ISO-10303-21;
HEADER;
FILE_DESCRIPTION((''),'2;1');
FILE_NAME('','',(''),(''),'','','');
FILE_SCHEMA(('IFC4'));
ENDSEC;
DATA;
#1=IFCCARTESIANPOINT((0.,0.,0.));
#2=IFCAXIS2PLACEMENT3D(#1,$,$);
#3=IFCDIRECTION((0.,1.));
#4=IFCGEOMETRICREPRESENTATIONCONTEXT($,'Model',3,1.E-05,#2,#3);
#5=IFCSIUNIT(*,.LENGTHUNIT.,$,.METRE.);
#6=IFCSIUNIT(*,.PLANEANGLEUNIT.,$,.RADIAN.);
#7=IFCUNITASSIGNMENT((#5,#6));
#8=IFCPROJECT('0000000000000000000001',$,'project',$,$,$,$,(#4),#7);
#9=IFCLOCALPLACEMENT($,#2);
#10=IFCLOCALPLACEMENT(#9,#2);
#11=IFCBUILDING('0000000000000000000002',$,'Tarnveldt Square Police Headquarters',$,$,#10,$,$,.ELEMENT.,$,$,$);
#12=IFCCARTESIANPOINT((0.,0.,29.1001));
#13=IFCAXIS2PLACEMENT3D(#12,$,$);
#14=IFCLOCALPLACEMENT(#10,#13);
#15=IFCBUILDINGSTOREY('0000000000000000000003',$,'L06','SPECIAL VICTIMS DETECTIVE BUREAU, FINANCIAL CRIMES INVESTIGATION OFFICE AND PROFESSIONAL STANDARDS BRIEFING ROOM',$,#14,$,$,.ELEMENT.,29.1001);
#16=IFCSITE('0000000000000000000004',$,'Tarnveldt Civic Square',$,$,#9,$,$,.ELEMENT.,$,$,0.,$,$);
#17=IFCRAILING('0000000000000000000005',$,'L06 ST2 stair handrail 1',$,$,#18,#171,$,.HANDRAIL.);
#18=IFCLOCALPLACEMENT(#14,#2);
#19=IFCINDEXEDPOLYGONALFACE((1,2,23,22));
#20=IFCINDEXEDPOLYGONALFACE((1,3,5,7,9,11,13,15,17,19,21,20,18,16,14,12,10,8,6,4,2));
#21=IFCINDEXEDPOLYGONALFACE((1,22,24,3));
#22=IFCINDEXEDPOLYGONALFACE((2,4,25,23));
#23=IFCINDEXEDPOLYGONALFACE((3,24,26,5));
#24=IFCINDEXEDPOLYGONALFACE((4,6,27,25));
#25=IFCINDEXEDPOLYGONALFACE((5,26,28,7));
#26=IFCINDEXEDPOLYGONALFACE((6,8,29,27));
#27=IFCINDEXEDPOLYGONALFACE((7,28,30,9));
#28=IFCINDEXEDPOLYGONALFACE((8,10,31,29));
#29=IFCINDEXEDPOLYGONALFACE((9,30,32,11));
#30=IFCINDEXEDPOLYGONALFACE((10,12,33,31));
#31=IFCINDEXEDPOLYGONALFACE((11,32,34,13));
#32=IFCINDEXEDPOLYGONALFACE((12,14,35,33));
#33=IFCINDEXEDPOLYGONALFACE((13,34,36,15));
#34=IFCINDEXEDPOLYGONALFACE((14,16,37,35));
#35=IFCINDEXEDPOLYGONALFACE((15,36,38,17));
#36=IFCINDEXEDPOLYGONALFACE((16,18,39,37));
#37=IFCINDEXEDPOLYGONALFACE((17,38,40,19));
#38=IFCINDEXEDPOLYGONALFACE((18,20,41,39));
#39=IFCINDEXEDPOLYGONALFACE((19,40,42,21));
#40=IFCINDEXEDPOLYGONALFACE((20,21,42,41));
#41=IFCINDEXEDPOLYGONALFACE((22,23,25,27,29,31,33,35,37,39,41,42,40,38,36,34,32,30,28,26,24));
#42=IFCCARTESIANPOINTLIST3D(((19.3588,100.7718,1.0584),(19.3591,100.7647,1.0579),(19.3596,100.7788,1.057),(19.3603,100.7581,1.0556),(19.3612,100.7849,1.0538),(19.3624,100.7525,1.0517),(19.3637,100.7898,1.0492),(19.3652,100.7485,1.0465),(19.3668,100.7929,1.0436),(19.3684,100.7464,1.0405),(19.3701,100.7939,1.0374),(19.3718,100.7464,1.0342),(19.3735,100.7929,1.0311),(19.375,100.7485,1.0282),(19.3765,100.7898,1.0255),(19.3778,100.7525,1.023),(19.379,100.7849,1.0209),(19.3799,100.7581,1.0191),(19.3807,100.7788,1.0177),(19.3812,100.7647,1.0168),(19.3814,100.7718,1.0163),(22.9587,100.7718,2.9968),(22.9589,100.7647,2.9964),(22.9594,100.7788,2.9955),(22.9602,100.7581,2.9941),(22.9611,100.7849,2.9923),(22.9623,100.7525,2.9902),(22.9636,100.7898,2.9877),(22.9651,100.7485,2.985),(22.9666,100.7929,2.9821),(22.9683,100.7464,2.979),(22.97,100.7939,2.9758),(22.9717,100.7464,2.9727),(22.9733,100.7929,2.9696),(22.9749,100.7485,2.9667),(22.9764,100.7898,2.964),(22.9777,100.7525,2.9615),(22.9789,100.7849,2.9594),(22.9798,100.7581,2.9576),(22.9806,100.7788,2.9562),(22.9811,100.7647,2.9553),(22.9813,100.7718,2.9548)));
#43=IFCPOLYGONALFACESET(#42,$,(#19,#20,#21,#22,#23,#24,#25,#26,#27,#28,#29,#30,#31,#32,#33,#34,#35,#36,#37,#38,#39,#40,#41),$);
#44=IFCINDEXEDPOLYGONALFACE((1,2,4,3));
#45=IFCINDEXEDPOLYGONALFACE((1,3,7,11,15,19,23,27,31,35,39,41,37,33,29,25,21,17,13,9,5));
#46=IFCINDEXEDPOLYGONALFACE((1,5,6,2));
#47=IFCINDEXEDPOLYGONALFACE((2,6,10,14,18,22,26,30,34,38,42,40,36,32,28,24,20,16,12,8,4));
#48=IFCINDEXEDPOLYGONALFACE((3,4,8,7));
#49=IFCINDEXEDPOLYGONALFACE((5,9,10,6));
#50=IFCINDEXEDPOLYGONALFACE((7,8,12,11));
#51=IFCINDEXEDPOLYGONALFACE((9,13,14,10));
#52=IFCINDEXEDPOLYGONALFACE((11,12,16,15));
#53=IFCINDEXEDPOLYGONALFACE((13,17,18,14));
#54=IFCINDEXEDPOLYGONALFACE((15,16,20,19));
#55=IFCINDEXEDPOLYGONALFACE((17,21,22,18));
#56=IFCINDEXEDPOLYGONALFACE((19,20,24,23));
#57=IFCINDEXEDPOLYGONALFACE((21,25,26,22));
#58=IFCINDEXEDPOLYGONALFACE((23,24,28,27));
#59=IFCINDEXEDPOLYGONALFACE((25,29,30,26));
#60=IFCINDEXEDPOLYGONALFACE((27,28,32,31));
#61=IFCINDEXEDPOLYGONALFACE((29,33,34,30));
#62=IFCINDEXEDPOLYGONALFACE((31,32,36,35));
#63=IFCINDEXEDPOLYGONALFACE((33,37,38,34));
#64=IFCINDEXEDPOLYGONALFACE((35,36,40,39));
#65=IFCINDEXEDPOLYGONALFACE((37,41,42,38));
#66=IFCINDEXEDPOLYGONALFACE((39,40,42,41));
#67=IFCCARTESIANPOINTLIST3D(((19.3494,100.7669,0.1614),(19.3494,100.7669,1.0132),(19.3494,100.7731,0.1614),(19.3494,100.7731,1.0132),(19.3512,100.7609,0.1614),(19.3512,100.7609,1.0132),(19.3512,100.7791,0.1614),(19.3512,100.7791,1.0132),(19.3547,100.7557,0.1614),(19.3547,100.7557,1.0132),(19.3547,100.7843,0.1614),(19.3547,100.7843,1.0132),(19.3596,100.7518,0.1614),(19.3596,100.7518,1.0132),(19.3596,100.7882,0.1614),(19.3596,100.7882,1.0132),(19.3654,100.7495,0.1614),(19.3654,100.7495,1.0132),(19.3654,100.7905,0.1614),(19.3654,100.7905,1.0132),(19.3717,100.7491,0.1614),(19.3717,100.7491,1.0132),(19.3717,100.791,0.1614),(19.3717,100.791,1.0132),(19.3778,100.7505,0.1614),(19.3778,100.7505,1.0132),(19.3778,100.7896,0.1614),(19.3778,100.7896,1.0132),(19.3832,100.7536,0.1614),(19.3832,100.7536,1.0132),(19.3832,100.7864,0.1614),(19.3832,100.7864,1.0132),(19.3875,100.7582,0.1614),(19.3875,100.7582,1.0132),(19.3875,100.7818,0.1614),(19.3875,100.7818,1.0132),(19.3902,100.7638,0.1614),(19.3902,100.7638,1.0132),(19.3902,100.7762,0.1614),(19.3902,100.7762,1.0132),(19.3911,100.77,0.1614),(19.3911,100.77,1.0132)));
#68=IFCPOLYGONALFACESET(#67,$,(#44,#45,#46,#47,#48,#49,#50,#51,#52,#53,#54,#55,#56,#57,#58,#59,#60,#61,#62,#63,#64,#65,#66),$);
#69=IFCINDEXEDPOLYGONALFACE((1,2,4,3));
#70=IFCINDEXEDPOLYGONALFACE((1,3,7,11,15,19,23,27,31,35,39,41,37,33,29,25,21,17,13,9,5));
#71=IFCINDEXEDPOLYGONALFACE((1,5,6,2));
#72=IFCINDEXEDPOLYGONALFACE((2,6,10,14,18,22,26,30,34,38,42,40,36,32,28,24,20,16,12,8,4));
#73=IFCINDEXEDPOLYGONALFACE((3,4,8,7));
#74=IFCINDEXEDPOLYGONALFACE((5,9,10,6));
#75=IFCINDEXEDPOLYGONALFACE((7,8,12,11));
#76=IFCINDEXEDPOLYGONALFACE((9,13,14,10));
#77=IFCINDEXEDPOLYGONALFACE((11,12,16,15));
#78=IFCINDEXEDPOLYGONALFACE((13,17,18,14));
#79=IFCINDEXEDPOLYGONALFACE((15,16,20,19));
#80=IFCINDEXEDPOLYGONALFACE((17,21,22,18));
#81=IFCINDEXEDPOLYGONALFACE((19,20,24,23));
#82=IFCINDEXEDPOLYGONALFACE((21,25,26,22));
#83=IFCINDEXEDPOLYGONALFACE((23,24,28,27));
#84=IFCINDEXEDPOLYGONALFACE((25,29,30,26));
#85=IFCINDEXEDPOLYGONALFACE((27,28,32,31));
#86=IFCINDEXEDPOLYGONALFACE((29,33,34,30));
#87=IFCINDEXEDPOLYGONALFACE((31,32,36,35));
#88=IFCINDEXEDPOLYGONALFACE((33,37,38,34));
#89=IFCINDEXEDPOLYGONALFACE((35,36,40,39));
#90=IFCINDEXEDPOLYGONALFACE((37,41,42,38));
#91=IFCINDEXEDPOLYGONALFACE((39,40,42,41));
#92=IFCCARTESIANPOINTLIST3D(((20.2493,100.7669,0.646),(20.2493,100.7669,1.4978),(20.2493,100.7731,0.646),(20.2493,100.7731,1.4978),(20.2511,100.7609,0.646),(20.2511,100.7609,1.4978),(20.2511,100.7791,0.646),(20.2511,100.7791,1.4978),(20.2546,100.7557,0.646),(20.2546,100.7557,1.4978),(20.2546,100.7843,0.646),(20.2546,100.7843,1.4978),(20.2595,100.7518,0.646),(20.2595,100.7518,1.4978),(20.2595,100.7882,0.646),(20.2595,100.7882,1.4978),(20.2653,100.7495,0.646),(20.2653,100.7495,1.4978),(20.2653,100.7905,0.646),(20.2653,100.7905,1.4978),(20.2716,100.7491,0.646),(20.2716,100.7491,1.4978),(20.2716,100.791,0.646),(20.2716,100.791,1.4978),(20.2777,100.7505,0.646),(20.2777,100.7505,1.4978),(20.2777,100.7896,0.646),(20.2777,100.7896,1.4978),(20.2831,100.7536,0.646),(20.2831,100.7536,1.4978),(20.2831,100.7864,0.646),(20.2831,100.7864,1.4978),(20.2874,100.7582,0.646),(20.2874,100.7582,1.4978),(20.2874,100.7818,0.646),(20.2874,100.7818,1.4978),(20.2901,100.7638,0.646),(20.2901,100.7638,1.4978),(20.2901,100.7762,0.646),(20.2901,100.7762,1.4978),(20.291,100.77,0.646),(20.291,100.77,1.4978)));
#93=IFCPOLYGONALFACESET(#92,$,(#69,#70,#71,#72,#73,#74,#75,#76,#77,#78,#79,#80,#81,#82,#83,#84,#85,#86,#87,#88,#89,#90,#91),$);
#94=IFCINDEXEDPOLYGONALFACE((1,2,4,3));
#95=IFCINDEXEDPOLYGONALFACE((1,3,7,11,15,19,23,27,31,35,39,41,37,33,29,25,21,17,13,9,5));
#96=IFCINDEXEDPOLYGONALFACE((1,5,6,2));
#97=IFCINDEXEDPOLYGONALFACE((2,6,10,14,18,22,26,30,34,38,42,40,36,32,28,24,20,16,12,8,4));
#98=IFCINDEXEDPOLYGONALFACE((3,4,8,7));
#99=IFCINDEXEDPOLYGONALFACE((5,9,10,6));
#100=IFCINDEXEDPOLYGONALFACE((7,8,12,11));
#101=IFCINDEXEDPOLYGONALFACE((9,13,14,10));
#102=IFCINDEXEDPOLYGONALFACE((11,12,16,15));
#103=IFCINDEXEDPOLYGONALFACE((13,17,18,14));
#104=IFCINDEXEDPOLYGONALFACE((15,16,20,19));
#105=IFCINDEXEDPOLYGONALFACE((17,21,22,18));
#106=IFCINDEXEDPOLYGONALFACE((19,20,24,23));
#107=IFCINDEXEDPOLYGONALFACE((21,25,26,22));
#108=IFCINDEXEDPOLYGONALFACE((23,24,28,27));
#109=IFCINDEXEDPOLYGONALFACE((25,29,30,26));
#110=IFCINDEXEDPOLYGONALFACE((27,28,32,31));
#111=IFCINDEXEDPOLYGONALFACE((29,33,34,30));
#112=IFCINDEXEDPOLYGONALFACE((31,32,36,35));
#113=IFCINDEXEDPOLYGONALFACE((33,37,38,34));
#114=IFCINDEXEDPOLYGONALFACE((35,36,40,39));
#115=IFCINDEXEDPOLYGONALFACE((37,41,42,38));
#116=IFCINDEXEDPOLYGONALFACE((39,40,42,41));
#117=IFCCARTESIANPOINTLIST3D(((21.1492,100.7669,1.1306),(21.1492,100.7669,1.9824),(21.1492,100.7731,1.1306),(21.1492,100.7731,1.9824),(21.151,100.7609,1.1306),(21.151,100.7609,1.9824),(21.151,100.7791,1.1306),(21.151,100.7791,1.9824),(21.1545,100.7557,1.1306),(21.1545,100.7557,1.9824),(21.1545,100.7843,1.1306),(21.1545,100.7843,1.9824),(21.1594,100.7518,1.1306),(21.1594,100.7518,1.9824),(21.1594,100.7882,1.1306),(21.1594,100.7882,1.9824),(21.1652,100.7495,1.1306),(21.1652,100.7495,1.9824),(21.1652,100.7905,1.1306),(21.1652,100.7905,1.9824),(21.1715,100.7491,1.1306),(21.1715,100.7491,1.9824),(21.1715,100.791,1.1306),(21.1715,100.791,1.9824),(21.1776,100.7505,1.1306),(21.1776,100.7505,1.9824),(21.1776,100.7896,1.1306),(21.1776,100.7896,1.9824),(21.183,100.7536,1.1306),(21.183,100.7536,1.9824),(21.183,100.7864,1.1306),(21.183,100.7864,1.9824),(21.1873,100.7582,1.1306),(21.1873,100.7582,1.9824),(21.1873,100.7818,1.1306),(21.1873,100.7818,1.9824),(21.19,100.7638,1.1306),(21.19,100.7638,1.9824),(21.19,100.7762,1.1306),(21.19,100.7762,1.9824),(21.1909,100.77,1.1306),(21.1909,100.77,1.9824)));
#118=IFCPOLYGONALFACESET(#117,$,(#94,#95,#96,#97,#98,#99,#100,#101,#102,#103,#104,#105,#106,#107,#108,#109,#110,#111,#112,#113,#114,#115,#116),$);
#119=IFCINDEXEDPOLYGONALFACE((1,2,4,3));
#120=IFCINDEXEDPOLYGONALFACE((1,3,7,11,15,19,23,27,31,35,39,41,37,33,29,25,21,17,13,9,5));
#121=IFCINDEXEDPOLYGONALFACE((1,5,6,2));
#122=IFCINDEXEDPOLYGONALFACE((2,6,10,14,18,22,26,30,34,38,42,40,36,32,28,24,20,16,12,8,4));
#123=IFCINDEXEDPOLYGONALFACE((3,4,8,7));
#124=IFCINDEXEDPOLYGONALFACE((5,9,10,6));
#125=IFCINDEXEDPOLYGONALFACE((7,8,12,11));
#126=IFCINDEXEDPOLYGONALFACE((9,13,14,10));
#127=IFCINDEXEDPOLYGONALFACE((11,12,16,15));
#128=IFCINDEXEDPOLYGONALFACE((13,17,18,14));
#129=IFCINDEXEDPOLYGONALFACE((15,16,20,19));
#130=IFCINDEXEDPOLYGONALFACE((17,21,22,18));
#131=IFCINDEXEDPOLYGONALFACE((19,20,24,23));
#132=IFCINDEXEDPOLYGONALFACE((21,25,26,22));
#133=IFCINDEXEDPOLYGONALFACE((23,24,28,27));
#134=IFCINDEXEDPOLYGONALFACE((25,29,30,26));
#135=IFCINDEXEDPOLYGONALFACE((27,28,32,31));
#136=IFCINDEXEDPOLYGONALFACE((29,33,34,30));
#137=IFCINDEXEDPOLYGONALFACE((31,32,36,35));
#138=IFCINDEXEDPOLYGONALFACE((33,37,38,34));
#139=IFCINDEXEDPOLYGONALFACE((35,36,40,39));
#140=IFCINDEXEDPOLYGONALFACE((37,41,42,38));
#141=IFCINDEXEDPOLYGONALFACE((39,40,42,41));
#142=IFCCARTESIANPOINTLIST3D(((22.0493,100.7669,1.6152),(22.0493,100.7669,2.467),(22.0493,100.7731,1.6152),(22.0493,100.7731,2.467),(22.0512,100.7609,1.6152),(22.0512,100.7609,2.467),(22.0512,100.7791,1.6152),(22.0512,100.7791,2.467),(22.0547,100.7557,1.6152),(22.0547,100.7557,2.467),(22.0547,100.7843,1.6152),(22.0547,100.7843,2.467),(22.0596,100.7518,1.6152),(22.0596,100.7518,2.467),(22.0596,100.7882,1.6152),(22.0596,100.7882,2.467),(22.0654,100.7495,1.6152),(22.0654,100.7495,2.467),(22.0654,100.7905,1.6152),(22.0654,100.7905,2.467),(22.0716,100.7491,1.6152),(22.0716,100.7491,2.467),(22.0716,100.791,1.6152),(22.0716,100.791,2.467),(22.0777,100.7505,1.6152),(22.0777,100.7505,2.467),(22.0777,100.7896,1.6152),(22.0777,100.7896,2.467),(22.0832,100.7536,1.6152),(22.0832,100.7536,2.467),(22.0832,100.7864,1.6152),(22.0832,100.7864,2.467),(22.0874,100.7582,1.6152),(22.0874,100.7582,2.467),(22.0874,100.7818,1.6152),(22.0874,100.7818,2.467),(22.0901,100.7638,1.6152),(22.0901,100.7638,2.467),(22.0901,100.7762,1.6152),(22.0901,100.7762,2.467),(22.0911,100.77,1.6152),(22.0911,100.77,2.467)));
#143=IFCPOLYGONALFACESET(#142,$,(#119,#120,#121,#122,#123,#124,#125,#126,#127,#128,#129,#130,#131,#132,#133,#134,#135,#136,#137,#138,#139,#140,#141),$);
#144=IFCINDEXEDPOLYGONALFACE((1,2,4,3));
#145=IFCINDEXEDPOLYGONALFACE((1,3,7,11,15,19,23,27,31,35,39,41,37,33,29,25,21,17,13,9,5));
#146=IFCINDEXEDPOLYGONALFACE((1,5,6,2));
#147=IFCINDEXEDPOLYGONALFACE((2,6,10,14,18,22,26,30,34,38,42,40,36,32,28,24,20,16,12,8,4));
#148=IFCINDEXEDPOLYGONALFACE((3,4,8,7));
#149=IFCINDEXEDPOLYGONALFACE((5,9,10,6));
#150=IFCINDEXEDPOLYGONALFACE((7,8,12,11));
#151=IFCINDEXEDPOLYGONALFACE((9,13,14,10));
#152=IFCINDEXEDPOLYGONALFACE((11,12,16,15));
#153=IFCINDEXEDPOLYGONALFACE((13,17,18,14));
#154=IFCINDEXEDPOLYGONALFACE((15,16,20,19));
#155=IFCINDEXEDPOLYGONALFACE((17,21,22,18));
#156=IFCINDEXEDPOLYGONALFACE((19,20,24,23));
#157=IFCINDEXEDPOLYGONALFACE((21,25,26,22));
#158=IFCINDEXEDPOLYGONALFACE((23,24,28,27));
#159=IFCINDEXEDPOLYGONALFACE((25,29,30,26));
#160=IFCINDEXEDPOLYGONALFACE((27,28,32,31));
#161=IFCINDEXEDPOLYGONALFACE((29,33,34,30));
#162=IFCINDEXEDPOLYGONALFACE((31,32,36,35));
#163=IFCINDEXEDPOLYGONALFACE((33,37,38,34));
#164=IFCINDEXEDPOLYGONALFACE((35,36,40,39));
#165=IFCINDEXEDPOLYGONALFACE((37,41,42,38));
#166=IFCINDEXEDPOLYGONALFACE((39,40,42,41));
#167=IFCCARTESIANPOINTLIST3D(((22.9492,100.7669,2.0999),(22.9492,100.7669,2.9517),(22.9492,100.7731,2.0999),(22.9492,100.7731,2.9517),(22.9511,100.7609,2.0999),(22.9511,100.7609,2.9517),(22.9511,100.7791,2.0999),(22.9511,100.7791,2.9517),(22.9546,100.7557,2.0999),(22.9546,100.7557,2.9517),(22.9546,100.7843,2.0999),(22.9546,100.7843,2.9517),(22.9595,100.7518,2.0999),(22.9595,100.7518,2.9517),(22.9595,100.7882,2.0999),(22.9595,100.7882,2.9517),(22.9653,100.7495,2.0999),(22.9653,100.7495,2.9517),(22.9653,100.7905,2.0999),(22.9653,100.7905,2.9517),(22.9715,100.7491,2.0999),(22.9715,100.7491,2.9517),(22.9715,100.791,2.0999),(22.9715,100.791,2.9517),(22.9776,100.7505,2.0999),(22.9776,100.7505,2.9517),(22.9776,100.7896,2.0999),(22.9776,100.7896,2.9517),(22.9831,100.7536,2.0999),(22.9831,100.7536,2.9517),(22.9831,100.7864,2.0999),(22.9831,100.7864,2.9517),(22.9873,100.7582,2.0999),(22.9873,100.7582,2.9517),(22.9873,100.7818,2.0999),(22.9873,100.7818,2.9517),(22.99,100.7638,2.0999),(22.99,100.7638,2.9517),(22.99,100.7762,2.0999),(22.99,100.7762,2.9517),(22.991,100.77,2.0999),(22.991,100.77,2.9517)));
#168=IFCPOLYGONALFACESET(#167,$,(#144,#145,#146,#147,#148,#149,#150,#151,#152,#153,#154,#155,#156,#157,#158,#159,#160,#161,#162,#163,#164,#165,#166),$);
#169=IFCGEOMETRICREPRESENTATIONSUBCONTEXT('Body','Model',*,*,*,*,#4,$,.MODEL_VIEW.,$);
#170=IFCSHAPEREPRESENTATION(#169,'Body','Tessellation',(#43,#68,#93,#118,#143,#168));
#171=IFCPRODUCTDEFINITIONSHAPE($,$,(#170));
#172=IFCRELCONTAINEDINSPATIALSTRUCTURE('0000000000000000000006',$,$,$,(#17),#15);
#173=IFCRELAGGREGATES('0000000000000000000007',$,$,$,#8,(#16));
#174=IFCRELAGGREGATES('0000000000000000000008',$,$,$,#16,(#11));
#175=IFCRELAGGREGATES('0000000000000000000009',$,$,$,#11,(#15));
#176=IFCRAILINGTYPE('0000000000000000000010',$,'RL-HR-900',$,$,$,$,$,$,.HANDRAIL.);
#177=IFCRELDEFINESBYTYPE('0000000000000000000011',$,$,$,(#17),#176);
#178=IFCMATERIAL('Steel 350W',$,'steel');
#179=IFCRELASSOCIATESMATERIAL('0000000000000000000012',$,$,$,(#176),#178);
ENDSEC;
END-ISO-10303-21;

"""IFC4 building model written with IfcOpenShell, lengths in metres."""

from ifc_helpers import new_model, si_unit, direction, frame, origin, origin_2d, place, context, subcontext, project, spatial, circle, extrude, material, type_object, element, save


model = new_model("IFC4")

# Units and contexts
model_context = context("Model", 3, precision=1e-05, world=origin(), true_north=direction((0.0, 1.0)))
body_context = subcontext(model_context, "Body", "Model", "MODEL_VIEW")
ifc_project = project(units=[si_unit("LENGTHUNIT", "METRE"), si_unit("PLANEANGLEUNIT", "RADIAN")], contexts=[model_context])

# Site, building, storey
site_placement = place(None, origin())
site = spatial("IfcSite", under=ifc_project, at=site_placement, Name="Tarnveldt Civic Square", CompositionType="ELEMENT", RefElevation=0.0)
building_placement = place(site_placement, origin())
building = spatial("IfcBuilding", under=site, at=building_placement, Name="Tarnveldt Square Police Headquarters", CompositionType="ELEMENT")
storey_placement = place(building_placement, frame((0.0, 0.0, 29.1001)))
storey = spatial("IfcBuildingStorey", under=building, at=storey_placement, Name="L06", Description="SPECIAL VICTIMS DETECTIVE BUREAU, FINANCIAL CRIMES INVESTIGATION OFFICE AND PROFESSIONAL STANDARDS BRIEFING ROOM", CompositionType="ELEMENT", Elevation=29.1001)

# Shared definitions
ifc_material_1 = material(Name="Steel 350W", Category="steel")

# Railing
railing_type_1 = type_object("IfcRailingType", Name="RL-HR-900", PredefinedType="HANDRAIL", material=ifc_material_1)
railing_1_placement = place(storey_placement, frame((19.3701, 100.77, 0.1614)))
element("IfcRailing", 1, at=railing_1_placement, inside=storey, type_object=railing_type_1, Name="L06 ST2 stair handrail 1", PredefinedType="HANDRAIL", context=body_context, shape_type="SweptSolid", body=[
    extrude(circle(Radius=0.0239, at=origin_2d()), frame((0.0, 0.0, 0.876), z_axis=(0.880462, 0.0, 0.474118), x_axis=(0.0, 1.0, 0.0)), (0.0, 0.0, 1.0), 4.0886),
    extrude(circle(Radius=0.021, at=origin_2d()), origin(), (0.0, 0.0, 1.0), 0.8518),
    extrude(circle(Radius=0.021, at=origin_2d()), frame((0.8999, 0.0, 0.4846)), (0.0, 0.0, 1.0), 0.8518),
    extrude(circle(Radius=0.021, at=origin_2d()), frame((1.7998, 0.0, 0.9692)), (0.0, 0.0, 1.0), 0.8518),
    extrude(circle(Radius=0.021, at=origin_2d()), frame((2.7, 0.0, 1.4539)), (0.0, 0.0, 1.0), 0.8518),
    extrude(circle(Radius=0.021, at=origin_2d()), frame((3.5999, 0.0, 1.9385)), (0.0, 0.0, 1.0), 0.8518),
])

save(model, "model.ifc")
